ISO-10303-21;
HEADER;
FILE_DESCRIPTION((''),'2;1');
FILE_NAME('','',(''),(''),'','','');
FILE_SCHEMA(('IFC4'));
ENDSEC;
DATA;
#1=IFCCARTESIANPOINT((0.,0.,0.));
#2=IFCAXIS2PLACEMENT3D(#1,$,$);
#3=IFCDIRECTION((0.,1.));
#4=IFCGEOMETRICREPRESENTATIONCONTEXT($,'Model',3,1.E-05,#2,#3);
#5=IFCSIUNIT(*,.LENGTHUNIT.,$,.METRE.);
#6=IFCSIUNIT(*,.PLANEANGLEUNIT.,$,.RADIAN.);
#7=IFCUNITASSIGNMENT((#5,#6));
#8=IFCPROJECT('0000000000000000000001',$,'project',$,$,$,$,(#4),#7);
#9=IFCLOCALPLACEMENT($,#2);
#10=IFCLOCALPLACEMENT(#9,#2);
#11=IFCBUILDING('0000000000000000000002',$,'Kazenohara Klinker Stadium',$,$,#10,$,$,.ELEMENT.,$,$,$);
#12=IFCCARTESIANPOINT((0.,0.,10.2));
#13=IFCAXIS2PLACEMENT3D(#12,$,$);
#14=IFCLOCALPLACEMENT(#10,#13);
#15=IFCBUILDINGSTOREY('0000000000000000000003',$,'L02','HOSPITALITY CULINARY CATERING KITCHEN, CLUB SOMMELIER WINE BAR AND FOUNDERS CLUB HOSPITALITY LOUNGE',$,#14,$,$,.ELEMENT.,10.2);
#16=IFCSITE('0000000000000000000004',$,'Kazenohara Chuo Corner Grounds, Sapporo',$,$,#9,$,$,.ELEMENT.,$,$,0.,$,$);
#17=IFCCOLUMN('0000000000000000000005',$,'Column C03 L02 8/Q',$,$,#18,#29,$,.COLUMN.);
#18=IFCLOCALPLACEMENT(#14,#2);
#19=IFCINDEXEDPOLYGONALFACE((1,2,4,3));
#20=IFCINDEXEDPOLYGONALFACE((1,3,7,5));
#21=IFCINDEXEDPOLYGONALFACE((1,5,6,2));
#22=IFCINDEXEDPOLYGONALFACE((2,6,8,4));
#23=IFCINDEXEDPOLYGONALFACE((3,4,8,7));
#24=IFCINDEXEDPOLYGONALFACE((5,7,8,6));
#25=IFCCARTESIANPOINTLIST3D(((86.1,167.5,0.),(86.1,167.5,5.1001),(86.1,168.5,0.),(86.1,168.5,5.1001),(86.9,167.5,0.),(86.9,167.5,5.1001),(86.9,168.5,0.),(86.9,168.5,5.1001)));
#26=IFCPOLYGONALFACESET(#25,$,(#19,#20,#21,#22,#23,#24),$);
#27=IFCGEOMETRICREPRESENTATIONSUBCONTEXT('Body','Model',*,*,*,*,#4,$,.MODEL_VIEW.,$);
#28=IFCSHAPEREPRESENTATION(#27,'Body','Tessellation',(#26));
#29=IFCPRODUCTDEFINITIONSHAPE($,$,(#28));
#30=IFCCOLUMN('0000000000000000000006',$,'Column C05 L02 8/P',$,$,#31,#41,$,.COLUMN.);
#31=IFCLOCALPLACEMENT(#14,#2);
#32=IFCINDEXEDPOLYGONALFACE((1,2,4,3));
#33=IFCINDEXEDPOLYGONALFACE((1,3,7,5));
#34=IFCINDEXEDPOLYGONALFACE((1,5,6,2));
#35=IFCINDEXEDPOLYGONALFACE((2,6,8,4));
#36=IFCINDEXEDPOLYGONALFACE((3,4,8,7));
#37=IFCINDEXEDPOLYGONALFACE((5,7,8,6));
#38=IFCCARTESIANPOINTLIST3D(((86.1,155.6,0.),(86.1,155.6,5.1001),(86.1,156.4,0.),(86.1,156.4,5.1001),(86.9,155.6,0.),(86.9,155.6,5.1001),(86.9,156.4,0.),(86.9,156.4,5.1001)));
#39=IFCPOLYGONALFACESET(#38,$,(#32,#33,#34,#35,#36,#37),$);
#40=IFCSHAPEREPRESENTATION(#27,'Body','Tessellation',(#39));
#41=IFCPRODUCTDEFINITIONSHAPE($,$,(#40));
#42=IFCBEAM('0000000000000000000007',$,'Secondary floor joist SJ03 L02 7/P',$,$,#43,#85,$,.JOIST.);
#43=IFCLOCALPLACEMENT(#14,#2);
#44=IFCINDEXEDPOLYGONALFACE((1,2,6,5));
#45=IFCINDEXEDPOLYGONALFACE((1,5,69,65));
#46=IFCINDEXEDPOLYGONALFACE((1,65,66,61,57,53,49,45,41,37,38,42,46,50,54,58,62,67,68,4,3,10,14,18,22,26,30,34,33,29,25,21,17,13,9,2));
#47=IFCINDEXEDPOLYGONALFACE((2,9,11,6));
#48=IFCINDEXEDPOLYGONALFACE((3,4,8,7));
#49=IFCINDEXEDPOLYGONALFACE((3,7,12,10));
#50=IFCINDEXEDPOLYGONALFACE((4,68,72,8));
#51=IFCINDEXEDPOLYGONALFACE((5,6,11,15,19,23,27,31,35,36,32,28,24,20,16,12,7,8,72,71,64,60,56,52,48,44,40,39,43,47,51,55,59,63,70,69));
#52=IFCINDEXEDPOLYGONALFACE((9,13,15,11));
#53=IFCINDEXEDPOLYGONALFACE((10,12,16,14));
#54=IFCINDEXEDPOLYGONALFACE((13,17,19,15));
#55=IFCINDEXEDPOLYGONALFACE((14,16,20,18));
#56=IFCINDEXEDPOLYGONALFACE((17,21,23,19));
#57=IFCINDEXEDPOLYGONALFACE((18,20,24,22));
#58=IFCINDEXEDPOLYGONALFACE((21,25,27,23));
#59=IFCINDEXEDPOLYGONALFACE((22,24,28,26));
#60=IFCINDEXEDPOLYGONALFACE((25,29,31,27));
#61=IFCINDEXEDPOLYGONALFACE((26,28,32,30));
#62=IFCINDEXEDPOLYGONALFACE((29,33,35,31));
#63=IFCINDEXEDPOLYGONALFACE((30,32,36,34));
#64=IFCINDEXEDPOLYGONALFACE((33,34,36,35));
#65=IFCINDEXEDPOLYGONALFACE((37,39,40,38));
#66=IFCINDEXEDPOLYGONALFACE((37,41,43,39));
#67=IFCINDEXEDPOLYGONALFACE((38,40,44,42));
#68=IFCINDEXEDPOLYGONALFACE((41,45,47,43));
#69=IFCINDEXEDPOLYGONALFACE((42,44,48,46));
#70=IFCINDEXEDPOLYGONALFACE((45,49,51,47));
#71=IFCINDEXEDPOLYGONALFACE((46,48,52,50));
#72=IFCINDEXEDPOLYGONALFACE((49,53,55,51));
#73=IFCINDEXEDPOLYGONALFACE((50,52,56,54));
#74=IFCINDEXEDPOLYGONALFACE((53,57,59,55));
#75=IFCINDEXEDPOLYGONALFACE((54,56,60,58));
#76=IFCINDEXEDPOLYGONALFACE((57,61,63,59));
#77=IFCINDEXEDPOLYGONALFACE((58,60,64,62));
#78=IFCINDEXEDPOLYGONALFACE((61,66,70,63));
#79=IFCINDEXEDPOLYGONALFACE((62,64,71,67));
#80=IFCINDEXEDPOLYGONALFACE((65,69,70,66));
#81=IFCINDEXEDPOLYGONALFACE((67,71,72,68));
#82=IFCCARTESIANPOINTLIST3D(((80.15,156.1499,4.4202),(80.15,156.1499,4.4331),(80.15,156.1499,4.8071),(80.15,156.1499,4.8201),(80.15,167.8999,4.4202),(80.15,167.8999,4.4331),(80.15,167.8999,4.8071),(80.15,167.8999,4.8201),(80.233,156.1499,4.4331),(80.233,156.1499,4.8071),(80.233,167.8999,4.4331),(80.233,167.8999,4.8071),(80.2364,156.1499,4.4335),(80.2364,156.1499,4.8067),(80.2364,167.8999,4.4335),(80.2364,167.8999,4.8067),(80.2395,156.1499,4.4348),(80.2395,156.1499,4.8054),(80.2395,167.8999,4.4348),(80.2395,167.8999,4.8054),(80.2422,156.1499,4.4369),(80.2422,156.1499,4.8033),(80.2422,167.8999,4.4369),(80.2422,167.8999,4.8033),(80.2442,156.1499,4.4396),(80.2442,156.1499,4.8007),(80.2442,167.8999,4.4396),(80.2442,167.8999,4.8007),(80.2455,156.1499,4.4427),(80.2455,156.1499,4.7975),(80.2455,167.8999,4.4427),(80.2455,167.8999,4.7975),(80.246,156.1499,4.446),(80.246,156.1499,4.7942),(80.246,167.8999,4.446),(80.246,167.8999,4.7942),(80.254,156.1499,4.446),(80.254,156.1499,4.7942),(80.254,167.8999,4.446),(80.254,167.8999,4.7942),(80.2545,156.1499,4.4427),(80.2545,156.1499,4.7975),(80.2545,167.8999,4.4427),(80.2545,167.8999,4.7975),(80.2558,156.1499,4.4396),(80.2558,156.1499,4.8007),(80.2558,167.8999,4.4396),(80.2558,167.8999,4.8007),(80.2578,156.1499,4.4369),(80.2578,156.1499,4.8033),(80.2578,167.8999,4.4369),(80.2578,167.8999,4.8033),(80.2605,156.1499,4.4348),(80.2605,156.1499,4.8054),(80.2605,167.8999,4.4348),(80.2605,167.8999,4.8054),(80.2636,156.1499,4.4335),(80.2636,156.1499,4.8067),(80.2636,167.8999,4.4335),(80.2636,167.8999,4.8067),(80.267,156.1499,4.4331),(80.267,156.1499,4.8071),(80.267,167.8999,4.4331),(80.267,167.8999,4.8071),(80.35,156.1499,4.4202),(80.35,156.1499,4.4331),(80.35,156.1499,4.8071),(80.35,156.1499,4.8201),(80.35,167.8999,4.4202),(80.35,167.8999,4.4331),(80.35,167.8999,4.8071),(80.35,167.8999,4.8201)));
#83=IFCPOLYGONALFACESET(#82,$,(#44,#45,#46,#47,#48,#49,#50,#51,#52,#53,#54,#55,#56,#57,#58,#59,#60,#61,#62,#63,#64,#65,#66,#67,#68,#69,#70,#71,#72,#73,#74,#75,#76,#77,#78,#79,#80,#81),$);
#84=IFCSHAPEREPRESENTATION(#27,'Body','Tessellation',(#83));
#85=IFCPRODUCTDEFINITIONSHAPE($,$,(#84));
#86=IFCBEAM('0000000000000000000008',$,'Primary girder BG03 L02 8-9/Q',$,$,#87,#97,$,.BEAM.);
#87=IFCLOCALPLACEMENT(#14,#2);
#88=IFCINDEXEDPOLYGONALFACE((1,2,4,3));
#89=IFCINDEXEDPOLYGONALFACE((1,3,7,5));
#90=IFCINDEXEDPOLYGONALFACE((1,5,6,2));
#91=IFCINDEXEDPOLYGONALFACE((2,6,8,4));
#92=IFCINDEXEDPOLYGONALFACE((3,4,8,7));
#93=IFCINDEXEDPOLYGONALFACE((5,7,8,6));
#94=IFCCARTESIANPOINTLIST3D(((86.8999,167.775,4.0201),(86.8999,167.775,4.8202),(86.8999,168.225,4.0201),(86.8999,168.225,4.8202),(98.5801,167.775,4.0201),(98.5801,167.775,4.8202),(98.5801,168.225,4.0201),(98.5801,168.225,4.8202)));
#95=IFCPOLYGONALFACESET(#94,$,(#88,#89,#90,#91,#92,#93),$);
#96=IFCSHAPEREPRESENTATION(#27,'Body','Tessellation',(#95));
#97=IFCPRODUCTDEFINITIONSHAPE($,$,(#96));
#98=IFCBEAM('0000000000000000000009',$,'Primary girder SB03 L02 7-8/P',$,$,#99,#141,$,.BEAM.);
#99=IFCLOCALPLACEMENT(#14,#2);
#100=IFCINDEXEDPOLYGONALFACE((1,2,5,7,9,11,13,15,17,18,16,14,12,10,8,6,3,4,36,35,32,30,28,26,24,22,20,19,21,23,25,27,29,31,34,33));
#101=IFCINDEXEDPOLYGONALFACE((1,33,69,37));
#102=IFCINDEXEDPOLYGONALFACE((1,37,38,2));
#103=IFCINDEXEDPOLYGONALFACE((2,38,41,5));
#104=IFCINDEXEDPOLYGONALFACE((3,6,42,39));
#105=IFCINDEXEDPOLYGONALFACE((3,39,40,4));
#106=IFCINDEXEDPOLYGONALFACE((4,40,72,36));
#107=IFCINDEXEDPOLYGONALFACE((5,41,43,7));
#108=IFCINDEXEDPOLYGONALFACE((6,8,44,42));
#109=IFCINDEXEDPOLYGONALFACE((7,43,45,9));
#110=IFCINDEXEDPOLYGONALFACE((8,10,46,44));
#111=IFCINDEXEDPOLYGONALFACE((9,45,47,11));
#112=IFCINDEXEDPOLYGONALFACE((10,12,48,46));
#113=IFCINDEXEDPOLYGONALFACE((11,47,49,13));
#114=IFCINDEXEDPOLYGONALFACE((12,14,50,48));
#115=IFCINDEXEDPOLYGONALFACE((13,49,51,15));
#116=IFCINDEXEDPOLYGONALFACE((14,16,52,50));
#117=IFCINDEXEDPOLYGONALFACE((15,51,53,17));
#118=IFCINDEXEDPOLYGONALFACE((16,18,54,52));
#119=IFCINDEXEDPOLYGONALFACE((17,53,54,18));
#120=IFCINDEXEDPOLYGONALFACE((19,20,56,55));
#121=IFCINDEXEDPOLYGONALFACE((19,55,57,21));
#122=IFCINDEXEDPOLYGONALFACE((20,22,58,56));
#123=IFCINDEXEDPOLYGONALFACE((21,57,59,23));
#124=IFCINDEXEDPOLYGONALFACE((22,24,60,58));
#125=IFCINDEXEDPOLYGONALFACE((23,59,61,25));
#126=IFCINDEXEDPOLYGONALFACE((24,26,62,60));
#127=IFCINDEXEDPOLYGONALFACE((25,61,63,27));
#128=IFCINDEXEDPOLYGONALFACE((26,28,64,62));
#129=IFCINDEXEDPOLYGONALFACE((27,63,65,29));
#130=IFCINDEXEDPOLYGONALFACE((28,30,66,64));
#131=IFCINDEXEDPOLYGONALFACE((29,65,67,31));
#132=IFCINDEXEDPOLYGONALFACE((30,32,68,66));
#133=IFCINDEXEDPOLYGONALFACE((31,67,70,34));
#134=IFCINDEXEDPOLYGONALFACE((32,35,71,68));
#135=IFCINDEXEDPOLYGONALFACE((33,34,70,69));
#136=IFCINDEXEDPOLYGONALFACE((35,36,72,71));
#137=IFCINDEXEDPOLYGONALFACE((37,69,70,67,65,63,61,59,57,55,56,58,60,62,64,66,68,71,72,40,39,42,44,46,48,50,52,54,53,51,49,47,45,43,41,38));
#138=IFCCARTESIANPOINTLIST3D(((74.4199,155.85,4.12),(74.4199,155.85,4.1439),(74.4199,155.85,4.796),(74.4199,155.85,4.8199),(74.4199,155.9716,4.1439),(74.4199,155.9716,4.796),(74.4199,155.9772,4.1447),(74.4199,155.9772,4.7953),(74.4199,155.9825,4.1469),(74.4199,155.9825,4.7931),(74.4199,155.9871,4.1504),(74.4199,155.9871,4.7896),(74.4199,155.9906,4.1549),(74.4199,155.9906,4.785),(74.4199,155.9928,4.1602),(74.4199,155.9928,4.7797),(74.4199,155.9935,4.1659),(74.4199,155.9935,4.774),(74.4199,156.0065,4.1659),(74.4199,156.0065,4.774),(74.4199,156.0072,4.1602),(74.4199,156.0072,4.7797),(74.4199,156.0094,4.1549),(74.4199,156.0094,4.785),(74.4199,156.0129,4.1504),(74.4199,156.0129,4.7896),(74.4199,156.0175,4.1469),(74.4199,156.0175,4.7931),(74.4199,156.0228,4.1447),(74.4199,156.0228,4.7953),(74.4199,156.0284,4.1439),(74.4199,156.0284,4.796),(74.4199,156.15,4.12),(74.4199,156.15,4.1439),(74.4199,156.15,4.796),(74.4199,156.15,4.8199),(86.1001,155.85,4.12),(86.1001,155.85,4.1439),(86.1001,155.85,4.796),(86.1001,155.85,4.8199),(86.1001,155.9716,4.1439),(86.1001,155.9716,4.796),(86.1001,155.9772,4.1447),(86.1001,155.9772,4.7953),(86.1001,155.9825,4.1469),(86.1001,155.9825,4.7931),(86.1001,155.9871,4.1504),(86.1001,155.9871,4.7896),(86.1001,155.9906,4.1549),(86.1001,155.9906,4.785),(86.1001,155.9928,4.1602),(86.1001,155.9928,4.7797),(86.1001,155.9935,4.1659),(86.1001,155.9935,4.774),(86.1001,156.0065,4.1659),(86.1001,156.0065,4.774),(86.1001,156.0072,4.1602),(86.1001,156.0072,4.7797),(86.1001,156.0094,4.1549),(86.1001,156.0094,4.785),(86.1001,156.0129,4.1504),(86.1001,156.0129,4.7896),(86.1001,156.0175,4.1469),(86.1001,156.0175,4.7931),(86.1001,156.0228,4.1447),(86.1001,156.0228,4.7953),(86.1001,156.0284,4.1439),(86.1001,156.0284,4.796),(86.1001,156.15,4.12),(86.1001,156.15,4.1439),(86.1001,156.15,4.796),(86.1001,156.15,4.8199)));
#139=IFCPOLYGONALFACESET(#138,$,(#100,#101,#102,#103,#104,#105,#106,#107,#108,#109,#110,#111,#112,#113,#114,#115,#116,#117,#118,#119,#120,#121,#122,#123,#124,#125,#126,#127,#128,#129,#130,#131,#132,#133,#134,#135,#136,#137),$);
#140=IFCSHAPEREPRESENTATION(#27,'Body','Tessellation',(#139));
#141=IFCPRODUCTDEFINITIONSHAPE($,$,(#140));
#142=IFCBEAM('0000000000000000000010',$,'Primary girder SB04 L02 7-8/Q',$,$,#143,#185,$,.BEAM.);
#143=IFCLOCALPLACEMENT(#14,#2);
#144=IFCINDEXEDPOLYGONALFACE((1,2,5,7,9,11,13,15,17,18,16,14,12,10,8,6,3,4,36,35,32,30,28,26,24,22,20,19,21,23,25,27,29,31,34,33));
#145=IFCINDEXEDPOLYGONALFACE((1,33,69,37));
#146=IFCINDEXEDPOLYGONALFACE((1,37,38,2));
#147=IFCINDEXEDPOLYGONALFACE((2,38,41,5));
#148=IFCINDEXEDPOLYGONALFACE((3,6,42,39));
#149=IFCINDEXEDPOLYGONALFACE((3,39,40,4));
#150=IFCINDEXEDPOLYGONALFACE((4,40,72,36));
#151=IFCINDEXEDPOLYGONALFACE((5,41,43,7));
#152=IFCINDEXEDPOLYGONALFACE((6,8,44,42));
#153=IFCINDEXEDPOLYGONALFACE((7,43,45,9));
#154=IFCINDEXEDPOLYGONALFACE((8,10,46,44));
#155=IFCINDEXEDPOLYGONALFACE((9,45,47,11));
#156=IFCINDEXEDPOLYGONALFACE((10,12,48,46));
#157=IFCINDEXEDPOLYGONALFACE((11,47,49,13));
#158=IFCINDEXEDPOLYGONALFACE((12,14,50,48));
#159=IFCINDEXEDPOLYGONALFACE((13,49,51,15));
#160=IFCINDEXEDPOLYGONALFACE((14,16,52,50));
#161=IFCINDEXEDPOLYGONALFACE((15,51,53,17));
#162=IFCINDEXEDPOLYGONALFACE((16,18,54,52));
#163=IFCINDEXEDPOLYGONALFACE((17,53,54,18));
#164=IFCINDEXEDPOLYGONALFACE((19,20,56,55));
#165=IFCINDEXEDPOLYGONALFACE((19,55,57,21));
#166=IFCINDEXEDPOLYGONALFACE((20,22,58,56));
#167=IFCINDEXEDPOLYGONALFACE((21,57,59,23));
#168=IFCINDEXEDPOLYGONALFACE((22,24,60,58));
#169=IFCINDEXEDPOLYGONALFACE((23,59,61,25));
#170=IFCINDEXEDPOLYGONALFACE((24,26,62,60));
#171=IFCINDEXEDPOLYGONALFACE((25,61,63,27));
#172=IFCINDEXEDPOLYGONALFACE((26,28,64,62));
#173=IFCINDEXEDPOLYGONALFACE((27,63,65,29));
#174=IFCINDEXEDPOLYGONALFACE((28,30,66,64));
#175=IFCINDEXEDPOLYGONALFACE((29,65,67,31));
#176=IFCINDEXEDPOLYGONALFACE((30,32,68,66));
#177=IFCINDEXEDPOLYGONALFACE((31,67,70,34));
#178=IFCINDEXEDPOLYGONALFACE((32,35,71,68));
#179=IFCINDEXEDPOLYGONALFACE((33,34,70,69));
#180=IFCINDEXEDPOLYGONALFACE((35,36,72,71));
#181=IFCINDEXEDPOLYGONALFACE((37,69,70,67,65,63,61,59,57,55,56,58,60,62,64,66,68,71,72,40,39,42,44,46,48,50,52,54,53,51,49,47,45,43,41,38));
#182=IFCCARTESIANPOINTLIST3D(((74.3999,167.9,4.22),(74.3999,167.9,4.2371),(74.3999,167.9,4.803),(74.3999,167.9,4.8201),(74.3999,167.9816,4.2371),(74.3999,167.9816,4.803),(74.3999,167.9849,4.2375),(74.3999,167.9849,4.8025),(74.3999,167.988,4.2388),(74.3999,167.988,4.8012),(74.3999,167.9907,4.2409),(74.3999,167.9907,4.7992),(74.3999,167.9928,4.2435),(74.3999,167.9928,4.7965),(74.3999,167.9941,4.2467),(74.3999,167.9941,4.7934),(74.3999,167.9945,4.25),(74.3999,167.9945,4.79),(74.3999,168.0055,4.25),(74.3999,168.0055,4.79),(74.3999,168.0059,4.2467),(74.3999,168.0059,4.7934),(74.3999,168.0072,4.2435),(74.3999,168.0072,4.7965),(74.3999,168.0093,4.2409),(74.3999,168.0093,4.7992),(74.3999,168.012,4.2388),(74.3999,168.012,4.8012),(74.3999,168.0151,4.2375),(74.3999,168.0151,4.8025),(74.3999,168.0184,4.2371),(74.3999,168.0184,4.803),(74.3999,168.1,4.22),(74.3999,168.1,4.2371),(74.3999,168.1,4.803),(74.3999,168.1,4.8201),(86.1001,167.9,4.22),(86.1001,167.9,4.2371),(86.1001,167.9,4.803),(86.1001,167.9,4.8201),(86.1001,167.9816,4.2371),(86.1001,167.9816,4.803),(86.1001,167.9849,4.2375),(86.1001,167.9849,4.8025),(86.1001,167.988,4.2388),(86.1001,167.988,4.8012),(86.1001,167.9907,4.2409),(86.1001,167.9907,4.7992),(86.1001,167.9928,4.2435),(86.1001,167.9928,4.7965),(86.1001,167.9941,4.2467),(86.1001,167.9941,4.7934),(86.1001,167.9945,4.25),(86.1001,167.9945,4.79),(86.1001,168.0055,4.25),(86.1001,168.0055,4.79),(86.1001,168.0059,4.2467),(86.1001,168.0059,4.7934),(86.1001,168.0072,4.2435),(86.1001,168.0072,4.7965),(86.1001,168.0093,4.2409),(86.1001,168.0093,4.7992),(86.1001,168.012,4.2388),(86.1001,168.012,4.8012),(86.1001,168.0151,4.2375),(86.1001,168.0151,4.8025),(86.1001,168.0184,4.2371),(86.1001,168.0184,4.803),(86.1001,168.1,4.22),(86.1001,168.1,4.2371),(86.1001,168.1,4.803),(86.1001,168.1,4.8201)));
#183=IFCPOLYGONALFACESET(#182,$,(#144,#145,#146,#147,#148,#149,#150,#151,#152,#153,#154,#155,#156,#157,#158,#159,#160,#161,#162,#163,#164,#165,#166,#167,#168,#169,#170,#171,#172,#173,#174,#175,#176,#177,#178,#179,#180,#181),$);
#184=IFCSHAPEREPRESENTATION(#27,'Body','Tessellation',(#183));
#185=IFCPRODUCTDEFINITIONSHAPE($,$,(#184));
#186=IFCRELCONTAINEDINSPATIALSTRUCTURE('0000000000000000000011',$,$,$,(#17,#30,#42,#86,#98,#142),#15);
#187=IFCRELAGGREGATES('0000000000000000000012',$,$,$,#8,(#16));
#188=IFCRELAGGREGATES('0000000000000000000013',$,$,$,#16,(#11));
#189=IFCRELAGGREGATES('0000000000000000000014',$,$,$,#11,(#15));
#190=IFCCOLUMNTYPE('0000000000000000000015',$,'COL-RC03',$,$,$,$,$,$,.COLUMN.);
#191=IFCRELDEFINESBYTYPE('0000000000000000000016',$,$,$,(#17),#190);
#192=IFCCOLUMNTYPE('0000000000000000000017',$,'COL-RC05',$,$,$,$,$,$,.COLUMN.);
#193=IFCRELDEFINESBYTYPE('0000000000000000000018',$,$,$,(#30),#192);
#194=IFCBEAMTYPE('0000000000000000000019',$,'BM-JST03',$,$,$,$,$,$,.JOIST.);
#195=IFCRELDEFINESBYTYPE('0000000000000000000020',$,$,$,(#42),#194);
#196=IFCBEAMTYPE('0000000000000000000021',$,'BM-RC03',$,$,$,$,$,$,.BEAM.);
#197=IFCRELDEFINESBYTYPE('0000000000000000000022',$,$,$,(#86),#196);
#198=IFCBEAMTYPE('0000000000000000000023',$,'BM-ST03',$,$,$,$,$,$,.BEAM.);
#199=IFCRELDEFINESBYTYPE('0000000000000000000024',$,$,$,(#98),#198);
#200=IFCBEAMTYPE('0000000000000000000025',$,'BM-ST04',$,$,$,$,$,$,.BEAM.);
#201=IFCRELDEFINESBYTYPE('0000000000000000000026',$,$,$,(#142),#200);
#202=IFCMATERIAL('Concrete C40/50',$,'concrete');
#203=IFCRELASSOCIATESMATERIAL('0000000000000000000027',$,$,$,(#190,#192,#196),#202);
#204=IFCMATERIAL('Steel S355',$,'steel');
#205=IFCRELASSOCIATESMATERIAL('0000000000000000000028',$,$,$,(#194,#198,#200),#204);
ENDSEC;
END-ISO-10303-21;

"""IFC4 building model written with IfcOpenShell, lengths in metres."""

from ifc_helpers import new_model, si_unit, direction, frame, origin, origin_2d, place, context, subcontext, project, spatial, rectangle, i_section, extrude, material, material_profile, profile_set, type_object, element, save


model = new_model("IFC4")

# Units and contexts
model_context = context("Model", 3, precision=1e-05, world=origin(), true_north=direction((0.0, 1.0)))
body_context = subcontext(model_context, "Body", "Model", "MODEL_VIEW")
ifc_project = project(units=[si_unit("LENGTHUNIT", "METRE"), si_unit("PLANEANGLEUNIT", "RADIAN")], contexts=[model_context])

# Site, building, storey
site_placement = place(None, origin())
site = spatial("IfcSite", under=ifc_project, at=site_placement, Name="Kazenohara Chuo Corner Grounds, Sapporo", CompositionType="ELEMENT", RefElevation=0.0)
building_placement = place(site_placement, origin())
building = spatial("IfcBuilding", under=site, at=building_placement, Name="Kazenohara Klinker Stadium", CompositionType="ELEMENT")
storey_placement = place(building_placement, frame((0.0, 0.0, 10.2)))
storey = spatial("IfcBuildingStorey", under=building, at=storey_placement, Name="L02", Description="HOSPITALITY CULINARY CATERING KITCHEN, CLUB SOMMELIER WINE BAR AND FOUNDERS CLUB HOSPITALITY LOUNGE", CompositionType="ELEMENT", Elevation=10.2)

# Columns
ifc_material_1 = material(Name="Concrete C40/50", Category="concrete")
ifc_material_profile_1 = material_profile(ifc_material_1, rectangle(XDim=0.8, YDim=1.0, at=origin_2d()), Name="RC-COL-1000x800")
ifc_profile_set_1 = profile_set([ifc_material_profile_1], Name="Concrete C40/50")
column_type_1 = type_object("IfcColumnType", Name="COL-RC03", PredefinedType="COLUMN", material=ifc_profile_set_1)
column_1_placement = place(storey_placement, frame((86.5, 168.0, 0.0), z_axis=(0.0, 0.0, 1.0), x_axis=(1.0, 0.0, 0.0)))
element("IfcColumn", 1, at=column_1_placement, inside=storey, type_object=column_type_1, Name="Column C03 L02 8/Q", PredefinedType="COLUMN", context=body_context, shape_type="SweptSolid", body=[
    extrude(rectangle(XDim=0.8, YDim=1.0, at=origin_2d()), origin(), (0.0, 0.0, 1.0), 5.1001),
])
ifc_material_profile_2 = material_profile(ifc_material_1, rectangle(XDim=0.8, YDim=0.8, at=origin_2d()), Name="RC-COL-800x800")
ifc_profile_set_2 = profile_set([ifc_material_profile_2], Name="Concrete C40/50")
column_type_2 = type_object("IfcColumnType", Name="COL-RC05", PredefinedType="COLUMN", material=ifc_profile_set_2)
column_2_placement = place(storey_placement, frame((86.5, 156.0, 0.0), z_axis=(0.0, 0.0, 1.0), x_axis=(1.0, 0.0, 0.0)))
element("IfcColumn", 2, at=column_2_placement, inside=storey, type_object=column_type_2, Name="Column C05 L02 8/P", PredefinedType="COLUMN", context=body_context, shape_type="SweptSolid", body=[
    extrude(rectangle(XDim=0.8, YDim=0.8, at=origin_2d()), origin(), (0.0, 0.0, 1.0), 5.1001),
])

# Beams
ifc_material_2 = material(Name="Steel S355", Category="steel")
ifc_material_profile_3 = material_profile(ifc_material_2, i_section(OverallWidth=0.2, OverallDepth=0.3999, WebThickness=0.0081, FlangeThickness=0.0129, FilletRadius=0.0129, at=origin_2d()), Name="H-400x200x8x13")
ifc_profile_set_3 = profile_set([ifc_material_profile_3], Name="Steel S355")
beam_type_1 = type_object("IfcBeamType", Name="BM-JST03", PredefinedType="JOIST", material=ifc_profile_set_3)
beam_1_placement = place(storey_placement, frame((80.25, 156.1499, 4.6201), z_axis=(0.0, 1.0, 0.0), x_axis=(-1.0, 0.0, 0.0)))
element("IfcBeam", 3, at=beam_1_placement, inside=storey, type_object=beam_type_1, Name="Secondary floor joist SJ03 L02 7/P", PredefinedType="JOIST", context=body_context, shape_type="SweptSolid", body=[
    extrude(i_section(OverallWidth=0.2, OverallDepth=0.3999, WebThickness=0.0081, FlangeThickness=0.0129, FilletRadius=0.0129, at=origin_2d()), origin(), (0.0, 0.0, 1.0), 11.75),
])
ifc_material_profile_4 = material_profile(ifc_material_1, rectangle(XDim=0.45, YDim=0.8, at=origin_2d()), Name="RC-BM-450x800")
ifc_profile_set_4 = profile_set([ifc_material_profile_4], Name="Concrete C40/50")
beam_type_2 = type_object("IfcBeamType", Name="BM-RC03", PredefinedType="BEAM", material=ifc_profile_set_4)
beam_2_placement = place(storey_placement, frame((86.8999, 168.0, 4.4202), z_axis=(1.0, 0.0, 0.0), x_axis=(0.0, 1.0, 0.0)))
element("IfcBeam", 4, at=beam_2_placement, inside=storey, type_object=beam_type_2, Name="Primary girder BG03 L02 8-9/Q", PredefinedType="BEAM", context=body_context, shape_type="SweptSolid", body=[
    extrude(rectangle(XDim=0.45, YDim=0.8, at=origin_2d()), origin(), (0.0, 0.0, 1.0), 11.6802),
])
ifc_material_profile_5 = material_profile(ifc_material_2, i_section(OverallWidth=0.3, OverallDepth=0.7, WebThickness=0.0129, FlangeThickness=0.0239, FilletRadius=0.022, at=origin_2d()), Name="H-700x300x13x24")
ifc_profile_set_5 = profile_set([ifc_material_profile_5], Name="Steel S355")
beam_type_3 = type_object("IfcBeamType", Name="BM-ST03", PredefinedType="BEAM", material=ifc_profile_set_5)
beam_3_placement = place(storey_placement, frame((74.4199, 156.0, 4.47), z_axis=(1.0, 0.0, 0.0), x_axis=(0.0, 1.0, 0.0)))
element("IfcBeam", 5, at=beam_3_placement, inside=storey, type_object=beam_type_3, Name="Primary girder SB03 L02 7-8/P", PredefinedType="BEAM", context=body_context, shape_type="SweptSolid", body=[
    extrude(i_section(OverallWidth=0.3, OverallDepth=0.7, WebThickness=0.0129, FlangeThickness=0.0239, FilletRadius=0.022, at=origin_2d()), origin(), (0.0, 0.0, 1.0), 11.6802),
])
ifc_material_profile_6 = material_profile(ifc_material_2, i_section(OverallWidth=0.2, OverallDepth=0.6001, WebThickness=0.011, FlangeThickness=0.0171, FilletRadius=0.0129, at=origin_2d()), Name="H-600x200x11x17")
ifc_profile_set_6 = profile_set([ifc_material_profile_6], Name="Steel S355")
beam_type_4 = type_object("IfcBeamType", Name="BM-ST04", PredefinedType="BEAM", material=ifc_profile_set_6)
for number, where, z_axis, x_axis, name in (
    (6, (74.3999, 168.0, 4.52), (1.0, 0.0, 0.0), (0.0, 1.0, 0.0), "Primary girder SB04 L02 7-8/Q"),
):
    element("IfcBeam", number, at=place(storey_placement, frame(where, z_axis=z_axis, x_axis=x_axis)), inside=storey, type_object=beam_type_4, Name=name, PredefinedType="BEAM", context=body_context, shape_type="SweptSolid", body=[
        extrude(i_section(OverallWidth=0.2, OverallDepth=0.6001, WebThickness=0.011, FlangeThickness=0.0171, FilletRadius=0.0129, at=origin_2d()), origin(), (0.0, 0.0, 1.0), 11.7002),
    ])

save(model, "model.ifc")
